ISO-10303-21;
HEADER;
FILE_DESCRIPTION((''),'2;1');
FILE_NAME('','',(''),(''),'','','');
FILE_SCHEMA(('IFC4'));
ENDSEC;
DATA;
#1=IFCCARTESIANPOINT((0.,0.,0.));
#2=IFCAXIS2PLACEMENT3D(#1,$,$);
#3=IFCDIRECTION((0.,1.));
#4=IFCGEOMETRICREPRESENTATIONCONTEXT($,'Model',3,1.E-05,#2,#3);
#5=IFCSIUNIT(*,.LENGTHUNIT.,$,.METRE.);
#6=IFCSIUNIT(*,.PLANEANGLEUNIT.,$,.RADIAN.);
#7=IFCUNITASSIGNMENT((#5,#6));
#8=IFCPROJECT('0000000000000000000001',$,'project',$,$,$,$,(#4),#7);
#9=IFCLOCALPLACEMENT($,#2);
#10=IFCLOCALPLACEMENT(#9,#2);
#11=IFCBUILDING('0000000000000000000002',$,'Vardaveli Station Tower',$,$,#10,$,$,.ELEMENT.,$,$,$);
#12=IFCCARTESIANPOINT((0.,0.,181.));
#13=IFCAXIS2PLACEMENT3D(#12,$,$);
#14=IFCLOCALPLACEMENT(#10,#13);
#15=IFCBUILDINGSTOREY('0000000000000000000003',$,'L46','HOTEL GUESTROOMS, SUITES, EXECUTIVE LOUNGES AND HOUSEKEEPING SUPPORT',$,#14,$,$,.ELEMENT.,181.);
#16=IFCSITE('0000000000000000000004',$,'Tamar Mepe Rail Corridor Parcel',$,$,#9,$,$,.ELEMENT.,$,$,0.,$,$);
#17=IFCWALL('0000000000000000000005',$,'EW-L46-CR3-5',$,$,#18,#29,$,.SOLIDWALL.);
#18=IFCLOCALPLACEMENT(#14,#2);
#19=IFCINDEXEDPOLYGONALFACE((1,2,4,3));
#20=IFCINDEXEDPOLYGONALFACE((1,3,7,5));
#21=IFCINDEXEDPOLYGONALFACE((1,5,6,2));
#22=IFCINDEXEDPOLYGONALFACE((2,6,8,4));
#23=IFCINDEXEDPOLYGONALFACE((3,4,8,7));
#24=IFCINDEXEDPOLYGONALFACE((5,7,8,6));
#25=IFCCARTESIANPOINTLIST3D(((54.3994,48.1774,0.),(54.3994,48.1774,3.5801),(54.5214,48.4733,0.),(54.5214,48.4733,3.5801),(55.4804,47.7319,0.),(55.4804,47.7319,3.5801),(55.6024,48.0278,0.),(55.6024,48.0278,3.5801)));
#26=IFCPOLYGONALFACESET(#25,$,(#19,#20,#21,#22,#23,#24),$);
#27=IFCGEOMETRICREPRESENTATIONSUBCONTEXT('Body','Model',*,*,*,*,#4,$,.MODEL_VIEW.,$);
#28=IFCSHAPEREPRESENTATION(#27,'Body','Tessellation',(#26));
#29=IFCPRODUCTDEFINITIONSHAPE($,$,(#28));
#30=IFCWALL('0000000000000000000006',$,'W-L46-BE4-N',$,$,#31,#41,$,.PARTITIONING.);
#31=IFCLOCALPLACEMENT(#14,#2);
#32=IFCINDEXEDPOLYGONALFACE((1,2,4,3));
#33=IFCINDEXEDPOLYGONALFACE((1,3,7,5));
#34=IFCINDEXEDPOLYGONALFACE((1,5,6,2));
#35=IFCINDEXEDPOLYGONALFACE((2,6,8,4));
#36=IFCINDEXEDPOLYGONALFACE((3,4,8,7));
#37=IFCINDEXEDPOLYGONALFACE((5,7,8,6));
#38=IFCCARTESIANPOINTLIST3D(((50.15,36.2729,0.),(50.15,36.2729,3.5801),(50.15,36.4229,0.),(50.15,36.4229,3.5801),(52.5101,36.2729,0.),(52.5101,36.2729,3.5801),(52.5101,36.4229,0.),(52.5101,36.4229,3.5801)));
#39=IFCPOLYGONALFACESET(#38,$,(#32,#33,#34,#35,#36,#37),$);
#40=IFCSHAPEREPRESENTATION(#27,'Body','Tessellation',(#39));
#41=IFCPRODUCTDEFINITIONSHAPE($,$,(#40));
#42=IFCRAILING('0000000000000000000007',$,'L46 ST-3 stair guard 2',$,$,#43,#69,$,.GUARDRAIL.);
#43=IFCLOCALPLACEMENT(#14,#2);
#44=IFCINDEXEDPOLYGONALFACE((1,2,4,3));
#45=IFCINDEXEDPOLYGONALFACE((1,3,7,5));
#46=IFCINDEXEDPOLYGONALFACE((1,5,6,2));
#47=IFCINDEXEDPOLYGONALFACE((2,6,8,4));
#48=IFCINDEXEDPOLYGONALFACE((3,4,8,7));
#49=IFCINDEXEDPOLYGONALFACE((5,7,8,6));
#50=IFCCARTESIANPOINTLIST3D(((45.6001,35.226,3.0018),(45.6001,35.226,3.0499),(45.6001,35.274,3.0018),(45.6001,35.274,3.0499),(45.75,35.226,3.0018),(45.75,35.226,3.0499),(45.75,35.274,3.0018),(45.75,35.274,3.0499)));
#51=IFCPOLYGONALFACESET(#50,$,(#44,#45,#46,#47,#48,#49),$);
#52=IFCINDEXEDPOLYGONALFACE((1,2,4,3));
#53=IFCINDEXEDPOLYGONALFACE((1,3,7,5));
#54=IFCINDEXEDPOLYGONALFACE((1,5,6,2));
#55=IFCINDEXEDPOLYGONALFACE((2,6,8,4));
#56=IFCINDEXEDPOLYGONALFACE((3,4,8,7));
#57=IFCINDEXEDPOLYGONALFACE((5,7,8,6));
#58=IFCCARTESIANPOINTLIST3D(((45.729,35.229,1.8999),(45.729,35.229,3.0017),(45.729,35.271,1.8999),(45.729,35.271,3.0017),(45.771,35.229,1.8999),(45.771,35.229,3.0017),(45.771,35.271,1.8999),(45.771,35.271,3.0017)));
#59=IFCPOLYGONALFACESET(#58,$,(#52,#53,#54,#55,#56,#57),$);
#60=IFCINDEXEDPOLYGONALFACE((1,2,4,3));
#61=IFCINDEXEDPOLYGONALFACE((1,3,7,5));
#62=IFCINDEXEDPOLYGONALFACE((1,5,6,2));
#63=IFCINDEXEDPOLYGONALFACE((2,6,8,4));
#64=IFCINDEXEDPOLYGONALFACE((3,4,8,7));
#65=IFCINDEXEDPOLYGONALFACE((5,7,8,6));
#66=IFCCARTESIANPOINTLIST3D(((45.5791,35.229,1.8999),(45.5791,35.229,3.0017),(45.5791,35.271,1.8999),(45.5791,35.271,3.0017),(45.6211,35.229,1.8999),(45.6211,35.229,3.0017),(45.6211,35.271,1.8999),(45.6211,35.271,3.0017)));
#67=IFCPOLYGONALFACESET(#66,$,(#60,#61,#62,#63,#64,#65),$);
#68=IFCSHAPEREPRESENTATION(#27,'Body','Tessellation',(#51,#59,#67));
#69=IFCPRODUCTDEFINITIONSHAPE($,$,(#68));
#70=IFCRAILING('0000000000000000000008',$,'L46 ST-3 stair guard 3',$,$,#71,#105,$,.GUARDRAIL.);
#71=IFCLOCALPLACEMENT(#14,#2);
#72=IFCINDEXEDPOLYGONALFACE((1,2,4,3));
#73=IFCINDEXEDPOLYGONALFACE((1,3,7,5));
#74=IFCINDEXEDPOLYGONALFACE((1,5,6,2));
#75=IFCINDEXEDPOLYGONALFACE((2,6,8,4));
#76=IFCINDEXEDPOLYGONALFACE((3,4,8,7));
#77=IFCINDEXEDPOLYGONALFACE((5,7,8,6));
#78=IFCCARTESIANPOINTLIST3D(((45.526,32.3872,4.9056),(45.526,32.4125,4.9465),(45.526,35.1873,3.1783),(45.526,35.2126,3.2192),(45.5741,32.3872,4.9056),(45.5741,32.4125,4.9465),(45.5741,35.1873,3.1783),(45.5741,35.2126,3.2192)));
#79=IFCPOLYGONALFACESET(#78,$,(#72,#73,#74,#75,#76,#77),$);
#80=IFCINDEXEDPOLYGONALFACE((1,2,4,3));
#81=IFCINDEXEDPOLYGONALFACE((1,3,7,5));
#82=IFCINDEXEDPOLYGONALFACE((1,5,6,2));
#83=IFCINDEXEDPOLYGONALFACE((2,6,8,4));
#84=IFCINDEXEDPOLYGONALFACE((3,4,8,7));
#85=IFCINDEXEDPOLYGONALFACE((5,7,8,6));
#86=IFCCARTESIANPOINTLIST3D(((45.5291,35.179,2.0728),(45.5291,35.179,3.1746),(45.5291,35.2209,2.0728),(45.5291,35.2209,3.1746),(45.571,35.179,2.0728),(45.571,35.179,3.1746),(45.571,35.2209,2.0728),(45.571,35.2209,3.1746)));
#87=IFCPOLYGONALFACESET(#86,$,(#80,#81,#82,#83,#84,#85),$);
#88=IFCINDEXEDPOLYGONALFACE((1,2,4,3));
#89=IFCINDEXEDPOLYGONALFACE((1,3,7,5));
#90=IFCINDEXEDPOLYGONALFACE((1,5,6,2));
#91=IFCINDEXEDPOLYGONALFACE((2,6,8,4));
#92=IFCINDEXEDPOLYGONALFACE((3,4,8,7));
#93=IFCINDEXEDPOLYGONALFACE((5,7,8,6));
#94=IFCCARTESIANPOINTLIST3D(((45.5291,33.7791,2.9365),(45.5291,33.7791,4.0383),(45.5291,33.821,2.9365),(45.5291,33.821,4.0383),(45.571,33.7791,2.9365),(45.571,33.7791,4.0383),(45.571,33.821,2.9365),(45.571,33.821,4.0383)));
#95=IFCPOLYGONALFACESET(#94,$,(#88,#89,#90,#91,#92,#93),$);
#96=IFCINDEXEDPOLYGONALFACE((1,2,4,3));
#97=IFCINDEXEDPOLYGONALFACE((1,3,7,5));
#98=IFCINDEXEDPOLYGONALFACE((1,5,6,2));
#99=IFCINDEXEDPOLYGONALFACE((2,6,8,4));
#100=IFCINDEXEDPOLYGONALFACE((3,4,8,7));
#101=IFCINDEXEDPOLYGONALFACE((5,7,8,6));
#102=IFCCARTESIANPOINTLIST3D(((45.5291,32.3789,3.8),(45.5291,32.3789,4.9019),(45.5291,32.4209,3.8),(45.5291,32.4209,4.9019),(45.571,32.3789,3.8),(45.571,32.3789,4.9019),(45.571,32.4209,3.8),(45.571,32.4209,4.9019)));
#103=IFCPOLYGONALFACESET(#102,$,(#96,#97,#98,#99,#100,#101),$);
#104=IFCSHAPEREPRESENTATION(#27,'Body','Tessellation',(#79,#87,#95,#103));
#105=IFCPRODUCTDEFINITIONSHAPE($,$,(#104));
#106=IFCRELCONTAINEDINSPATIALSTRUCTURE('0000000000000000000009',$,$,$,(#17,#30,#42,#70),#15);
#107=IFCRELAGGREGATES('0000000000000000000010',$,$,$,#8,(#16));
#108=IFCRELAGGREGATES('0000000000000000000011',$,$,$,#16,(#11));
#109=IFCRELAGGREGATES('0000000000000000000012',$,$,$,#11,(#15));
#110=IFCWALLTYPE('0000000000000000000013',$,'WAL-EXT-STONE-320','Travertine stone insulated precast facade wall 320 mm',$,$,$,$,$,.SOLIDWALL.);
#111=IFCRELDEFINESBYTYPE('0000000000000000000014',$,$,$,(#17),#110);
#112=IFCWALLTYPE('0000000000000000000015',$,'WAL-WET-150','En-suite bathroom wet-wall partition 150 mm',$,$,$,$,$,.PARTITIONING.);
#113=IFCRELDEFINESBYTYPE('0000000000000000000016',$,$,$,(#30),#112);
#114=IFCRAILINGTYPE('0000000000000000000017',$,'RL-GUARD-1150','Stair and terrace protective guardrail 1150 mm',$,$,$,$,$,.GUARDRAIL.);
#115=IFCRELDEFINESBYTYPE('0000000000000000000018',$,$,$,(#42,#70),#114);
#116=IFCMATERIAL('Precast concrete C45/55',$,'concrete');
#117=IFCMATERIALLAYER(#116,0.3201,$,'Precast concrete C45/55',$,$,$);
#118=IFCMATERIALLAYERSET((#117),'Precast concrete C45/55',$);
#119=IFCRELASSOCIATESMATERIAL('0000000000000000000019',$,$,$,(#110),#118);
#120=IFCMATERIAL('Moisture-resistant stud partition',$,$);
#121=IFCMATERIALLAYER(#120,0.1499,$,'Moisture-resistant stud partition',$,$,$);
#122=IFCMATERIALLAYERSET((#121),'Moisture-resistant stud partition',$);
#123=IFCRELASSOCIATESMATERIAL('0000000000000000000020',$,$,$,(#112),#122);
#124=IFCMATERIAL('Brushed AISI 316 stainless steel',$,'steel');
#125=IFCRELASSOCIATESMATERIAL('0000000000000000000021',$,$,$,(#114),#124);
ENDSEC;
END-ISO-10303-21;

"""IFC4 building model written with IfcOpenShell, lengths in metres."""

from ifc_helpers import new_model, si_unit, direction, frame, frame_2d, origin, origin_2d, place, context, subcontext, project, spatial, rectangle, extrude, source, transform, mapped, material, layer, layer_set, type_object, element, save


model = new_model("IFC4")

# Units and contexts
model_context = context("Model", 3, precision=1e-05, world=origin(), true_north=direction((0.0, 1.0)))
body_context = subcontext(model_context, "Body", "Model", "MODEL_VIEW")
ifc_project = project(units=[si_unit("LENGTHUNIT", "METRE"), si_unit("PLANEANGLEUNIT", "RADIAN")], contexts=[model_context])

# Site, building, storey
site_placement = place(None, origin())
site = spatial("IfcSite", under=ifc_project, at=site_placement, Name="Tamar Mepe Rail Corridor Parcel", CompositionType="ELEMENT", RefElevation=0.0)
building_placement = place(site_placement, origin())
building = spatial("IfcBuilding", under=site, at=building_placement, Name="Vardaveli Station Tower", CompositionType="ELEMENT")
storey_placement = place(building_placement, frame((0.0, 0.0, 181.0)))
storey = spatial("IfcBuildingStorey", under=building, at=storey_placement, Name="L46", Description="HOTEL GUESTROOMS, SUITES, EXECUTIVE LOUNGES AND HOUSEKEEPING SUPPORT", CompositionType="ELEMENT", Elevation=181.0)

# Shared definitions
ifc_material_1 = material(Name="Precast concrete C45/55", Category="concrete")

# Shared definitions
ifc_layer_1 = layer(ifc_material_1, 0.3201, Name="Precast concrete C45/55")
ifc_layer_set_1 = layer_set([ifc_layer_1], Name="Precast concrete C45/55")
wall_type_1 = type_object("IfcWallType", Name="WAL-EXT-STONE-320", Description="Travertine stone insulated precast facade wall 320 mm", PredefinedType="SOLIDWALL", material=ifc_layer_set_1)

# Walls
shared_shape_1 = source(origin(), body_context, "Body", "SweptSolid", [
    extrude(rectangle(XDim=1.1692, YDim=0.3201, at=frame_2d((0.5845, 0.0))), origin(), (0.0, 0.0, 1.0), 3.5801),
])
for number, where, z_axis, x_axis, name in (
    (1, (55.5413, 47.8799, 0.0), (0.0, 0.0, 1.0), (-0.924553, 0.381054, 0.0), "EW-L46-CR3-5"),
):
    element("IfcWall", number, at=place(storey_placement, frame(where, z_axis=z_axis, x_axis=x_axis)), inside=storey, type_object=wall_type_1, Name=name, PredefinedType="SOLIDWALL", context=body_context, shape_type="MappedRepresentation", body=[
        mapped(shared_shape_1, transform((0.0, 0.0, 0.0), scale=1.0)),
    ])
ifc_material_2 = material(Name="Moisture-resistant stud partition")
ifc_layer_2 = layer(ifc_material_2, 0.1499, Name="Moisture-resistant stud partition")
ifc_layer_set_2 = layer_set([ifc_layer_2], Name="Moisture-resistant stud partition")
wall_type_2 = type_object("IfcWallType", Name="WAL-WET-150", Description="En-suite bathroom wet-wall partition 150 mm", PredefinedType="PARTITIONING", material=ifc_layer_set_2)
shared_shape_2 = source(origin(), body_context, "Body", "SweptSolid", [
    extrude(rectangle(XDim=2.3601, YDim=0.1499, at=frame_2d((1.1802, 0.0))), origin(), (0.0, 0.0, 1.0), 3.5801),
])
wall_1_placement = place(storey_placement, frame((50.1499, 36.3479, 0.0), z_axis=(0.0, 0.0, 1.0), x_axis=(1.0, 0.0, 0.0)))
element("IfcWall", 2, at=wall_1_placement, inside=storey, type_object=wall_type_2, Name="W-L46-BE4-N", PredefinedType="PARTITIONING", context=body_context, shape_type="MappedRepresentation", body=[
    mapped(shared_shape_2, transform((0.0, 0.0, 0.0), scale=1.0)),
])

# Railings
ifc_material_3 = material(Name="Brushed AISI 316 stainless steel", Category="steel")
railing_type = type_object("IfcRailingType", Name="RL-GUARD-1150", Description="Stair and terrace protective guardrail 1150 mm", PredefinedType="GUARDRAIL", material=ifc_material_3)
shared_shape_3 = source(origin(), body_context, "Body", "SweptSolid", [
    extrude(rectangle(XDim=0.0481, YDim=0.0481, at=origin_2d()), frame((0.0, 0.0, 1.126), z_axis=(-1.0, 0.0, 0.0), x_axis=(0.0, -1.0, 0.0)), (0.0, 0.0, 1.0), 0.1499),
    extrude(rectangle(XDim=0.042, YDim=0.042, at=origin_2d()), origin(), (0.0, 0.0, 1.0), 1.1018),
    extrude(rectangle(XDim=0.042, YDim=0.042, at=origin_2d()), frame((-0.1499, 0.0, 0.0)), (0.0, 0.0, 1.0), 1.1018),
])
railing_1_placement = place(storey_placement, frame((45.75, 35.25, 1.8999)))
element("IfcRailing", 3, at=railing_1_placement, inside=storey, type_object=railing_type, Name="L46 ST-3 stair guard 2", PredefinedType="GUARDRAIL", context=body_context, shape_type="MappedRepresentation", body=[
    mapped(shared_shape_3, transform((0.0, 0.0, 0.0), scale=1.0)),
])
shared_shape_4 = source(origin(), body_context, "Body", "SweptSolid", [
    extrude(rectangle(XDim=0.0481, YDim=0.0481, at=origin_2d()), frame((0.0, 0.0, 1.126), z_axis=(0.0, -0.85109, 0.52502), x_axis=(1.0, 0.0, 0.0)), (0.0, 0.0, 1.0), 3.29),
    extrude(rectangle(XDim=0.042, YDim=0.042, at=origin_2d()), origin(), (0.0, 0.0, 1.0), 1.1018),
    extrude(rectangle(XDim=0.042, YDim=0.042, at=origin_2d()), frame((0.0, -1.3999, 0.8638)), (0.0, 0.0, 1.0), 1.1018),
    extrude(rectangle(XDim=0.042, YDim=0.042, at=origin_2d()), frame((0.0, -2.8, 1.7273)), (0.0, 0.0, 1.0), 1.1018),
])
railing_2_placement = place(storey_placement, frame((45.55, 35.2, 2.0728)))
element("IfcRailing", 4, at=railing_2_placement, inside=storey, type_object=railing_type, Name="L46 ST-3 stair guard 3", PredefinedType="GUARDRAIL", context=body_context, shape_type="MappedRepresentation", body=[
    mapped(shared_shape_4, transform((0.0, 0.0, 0.0), scale=1.0)),
])

save(model, "model.ifc")
